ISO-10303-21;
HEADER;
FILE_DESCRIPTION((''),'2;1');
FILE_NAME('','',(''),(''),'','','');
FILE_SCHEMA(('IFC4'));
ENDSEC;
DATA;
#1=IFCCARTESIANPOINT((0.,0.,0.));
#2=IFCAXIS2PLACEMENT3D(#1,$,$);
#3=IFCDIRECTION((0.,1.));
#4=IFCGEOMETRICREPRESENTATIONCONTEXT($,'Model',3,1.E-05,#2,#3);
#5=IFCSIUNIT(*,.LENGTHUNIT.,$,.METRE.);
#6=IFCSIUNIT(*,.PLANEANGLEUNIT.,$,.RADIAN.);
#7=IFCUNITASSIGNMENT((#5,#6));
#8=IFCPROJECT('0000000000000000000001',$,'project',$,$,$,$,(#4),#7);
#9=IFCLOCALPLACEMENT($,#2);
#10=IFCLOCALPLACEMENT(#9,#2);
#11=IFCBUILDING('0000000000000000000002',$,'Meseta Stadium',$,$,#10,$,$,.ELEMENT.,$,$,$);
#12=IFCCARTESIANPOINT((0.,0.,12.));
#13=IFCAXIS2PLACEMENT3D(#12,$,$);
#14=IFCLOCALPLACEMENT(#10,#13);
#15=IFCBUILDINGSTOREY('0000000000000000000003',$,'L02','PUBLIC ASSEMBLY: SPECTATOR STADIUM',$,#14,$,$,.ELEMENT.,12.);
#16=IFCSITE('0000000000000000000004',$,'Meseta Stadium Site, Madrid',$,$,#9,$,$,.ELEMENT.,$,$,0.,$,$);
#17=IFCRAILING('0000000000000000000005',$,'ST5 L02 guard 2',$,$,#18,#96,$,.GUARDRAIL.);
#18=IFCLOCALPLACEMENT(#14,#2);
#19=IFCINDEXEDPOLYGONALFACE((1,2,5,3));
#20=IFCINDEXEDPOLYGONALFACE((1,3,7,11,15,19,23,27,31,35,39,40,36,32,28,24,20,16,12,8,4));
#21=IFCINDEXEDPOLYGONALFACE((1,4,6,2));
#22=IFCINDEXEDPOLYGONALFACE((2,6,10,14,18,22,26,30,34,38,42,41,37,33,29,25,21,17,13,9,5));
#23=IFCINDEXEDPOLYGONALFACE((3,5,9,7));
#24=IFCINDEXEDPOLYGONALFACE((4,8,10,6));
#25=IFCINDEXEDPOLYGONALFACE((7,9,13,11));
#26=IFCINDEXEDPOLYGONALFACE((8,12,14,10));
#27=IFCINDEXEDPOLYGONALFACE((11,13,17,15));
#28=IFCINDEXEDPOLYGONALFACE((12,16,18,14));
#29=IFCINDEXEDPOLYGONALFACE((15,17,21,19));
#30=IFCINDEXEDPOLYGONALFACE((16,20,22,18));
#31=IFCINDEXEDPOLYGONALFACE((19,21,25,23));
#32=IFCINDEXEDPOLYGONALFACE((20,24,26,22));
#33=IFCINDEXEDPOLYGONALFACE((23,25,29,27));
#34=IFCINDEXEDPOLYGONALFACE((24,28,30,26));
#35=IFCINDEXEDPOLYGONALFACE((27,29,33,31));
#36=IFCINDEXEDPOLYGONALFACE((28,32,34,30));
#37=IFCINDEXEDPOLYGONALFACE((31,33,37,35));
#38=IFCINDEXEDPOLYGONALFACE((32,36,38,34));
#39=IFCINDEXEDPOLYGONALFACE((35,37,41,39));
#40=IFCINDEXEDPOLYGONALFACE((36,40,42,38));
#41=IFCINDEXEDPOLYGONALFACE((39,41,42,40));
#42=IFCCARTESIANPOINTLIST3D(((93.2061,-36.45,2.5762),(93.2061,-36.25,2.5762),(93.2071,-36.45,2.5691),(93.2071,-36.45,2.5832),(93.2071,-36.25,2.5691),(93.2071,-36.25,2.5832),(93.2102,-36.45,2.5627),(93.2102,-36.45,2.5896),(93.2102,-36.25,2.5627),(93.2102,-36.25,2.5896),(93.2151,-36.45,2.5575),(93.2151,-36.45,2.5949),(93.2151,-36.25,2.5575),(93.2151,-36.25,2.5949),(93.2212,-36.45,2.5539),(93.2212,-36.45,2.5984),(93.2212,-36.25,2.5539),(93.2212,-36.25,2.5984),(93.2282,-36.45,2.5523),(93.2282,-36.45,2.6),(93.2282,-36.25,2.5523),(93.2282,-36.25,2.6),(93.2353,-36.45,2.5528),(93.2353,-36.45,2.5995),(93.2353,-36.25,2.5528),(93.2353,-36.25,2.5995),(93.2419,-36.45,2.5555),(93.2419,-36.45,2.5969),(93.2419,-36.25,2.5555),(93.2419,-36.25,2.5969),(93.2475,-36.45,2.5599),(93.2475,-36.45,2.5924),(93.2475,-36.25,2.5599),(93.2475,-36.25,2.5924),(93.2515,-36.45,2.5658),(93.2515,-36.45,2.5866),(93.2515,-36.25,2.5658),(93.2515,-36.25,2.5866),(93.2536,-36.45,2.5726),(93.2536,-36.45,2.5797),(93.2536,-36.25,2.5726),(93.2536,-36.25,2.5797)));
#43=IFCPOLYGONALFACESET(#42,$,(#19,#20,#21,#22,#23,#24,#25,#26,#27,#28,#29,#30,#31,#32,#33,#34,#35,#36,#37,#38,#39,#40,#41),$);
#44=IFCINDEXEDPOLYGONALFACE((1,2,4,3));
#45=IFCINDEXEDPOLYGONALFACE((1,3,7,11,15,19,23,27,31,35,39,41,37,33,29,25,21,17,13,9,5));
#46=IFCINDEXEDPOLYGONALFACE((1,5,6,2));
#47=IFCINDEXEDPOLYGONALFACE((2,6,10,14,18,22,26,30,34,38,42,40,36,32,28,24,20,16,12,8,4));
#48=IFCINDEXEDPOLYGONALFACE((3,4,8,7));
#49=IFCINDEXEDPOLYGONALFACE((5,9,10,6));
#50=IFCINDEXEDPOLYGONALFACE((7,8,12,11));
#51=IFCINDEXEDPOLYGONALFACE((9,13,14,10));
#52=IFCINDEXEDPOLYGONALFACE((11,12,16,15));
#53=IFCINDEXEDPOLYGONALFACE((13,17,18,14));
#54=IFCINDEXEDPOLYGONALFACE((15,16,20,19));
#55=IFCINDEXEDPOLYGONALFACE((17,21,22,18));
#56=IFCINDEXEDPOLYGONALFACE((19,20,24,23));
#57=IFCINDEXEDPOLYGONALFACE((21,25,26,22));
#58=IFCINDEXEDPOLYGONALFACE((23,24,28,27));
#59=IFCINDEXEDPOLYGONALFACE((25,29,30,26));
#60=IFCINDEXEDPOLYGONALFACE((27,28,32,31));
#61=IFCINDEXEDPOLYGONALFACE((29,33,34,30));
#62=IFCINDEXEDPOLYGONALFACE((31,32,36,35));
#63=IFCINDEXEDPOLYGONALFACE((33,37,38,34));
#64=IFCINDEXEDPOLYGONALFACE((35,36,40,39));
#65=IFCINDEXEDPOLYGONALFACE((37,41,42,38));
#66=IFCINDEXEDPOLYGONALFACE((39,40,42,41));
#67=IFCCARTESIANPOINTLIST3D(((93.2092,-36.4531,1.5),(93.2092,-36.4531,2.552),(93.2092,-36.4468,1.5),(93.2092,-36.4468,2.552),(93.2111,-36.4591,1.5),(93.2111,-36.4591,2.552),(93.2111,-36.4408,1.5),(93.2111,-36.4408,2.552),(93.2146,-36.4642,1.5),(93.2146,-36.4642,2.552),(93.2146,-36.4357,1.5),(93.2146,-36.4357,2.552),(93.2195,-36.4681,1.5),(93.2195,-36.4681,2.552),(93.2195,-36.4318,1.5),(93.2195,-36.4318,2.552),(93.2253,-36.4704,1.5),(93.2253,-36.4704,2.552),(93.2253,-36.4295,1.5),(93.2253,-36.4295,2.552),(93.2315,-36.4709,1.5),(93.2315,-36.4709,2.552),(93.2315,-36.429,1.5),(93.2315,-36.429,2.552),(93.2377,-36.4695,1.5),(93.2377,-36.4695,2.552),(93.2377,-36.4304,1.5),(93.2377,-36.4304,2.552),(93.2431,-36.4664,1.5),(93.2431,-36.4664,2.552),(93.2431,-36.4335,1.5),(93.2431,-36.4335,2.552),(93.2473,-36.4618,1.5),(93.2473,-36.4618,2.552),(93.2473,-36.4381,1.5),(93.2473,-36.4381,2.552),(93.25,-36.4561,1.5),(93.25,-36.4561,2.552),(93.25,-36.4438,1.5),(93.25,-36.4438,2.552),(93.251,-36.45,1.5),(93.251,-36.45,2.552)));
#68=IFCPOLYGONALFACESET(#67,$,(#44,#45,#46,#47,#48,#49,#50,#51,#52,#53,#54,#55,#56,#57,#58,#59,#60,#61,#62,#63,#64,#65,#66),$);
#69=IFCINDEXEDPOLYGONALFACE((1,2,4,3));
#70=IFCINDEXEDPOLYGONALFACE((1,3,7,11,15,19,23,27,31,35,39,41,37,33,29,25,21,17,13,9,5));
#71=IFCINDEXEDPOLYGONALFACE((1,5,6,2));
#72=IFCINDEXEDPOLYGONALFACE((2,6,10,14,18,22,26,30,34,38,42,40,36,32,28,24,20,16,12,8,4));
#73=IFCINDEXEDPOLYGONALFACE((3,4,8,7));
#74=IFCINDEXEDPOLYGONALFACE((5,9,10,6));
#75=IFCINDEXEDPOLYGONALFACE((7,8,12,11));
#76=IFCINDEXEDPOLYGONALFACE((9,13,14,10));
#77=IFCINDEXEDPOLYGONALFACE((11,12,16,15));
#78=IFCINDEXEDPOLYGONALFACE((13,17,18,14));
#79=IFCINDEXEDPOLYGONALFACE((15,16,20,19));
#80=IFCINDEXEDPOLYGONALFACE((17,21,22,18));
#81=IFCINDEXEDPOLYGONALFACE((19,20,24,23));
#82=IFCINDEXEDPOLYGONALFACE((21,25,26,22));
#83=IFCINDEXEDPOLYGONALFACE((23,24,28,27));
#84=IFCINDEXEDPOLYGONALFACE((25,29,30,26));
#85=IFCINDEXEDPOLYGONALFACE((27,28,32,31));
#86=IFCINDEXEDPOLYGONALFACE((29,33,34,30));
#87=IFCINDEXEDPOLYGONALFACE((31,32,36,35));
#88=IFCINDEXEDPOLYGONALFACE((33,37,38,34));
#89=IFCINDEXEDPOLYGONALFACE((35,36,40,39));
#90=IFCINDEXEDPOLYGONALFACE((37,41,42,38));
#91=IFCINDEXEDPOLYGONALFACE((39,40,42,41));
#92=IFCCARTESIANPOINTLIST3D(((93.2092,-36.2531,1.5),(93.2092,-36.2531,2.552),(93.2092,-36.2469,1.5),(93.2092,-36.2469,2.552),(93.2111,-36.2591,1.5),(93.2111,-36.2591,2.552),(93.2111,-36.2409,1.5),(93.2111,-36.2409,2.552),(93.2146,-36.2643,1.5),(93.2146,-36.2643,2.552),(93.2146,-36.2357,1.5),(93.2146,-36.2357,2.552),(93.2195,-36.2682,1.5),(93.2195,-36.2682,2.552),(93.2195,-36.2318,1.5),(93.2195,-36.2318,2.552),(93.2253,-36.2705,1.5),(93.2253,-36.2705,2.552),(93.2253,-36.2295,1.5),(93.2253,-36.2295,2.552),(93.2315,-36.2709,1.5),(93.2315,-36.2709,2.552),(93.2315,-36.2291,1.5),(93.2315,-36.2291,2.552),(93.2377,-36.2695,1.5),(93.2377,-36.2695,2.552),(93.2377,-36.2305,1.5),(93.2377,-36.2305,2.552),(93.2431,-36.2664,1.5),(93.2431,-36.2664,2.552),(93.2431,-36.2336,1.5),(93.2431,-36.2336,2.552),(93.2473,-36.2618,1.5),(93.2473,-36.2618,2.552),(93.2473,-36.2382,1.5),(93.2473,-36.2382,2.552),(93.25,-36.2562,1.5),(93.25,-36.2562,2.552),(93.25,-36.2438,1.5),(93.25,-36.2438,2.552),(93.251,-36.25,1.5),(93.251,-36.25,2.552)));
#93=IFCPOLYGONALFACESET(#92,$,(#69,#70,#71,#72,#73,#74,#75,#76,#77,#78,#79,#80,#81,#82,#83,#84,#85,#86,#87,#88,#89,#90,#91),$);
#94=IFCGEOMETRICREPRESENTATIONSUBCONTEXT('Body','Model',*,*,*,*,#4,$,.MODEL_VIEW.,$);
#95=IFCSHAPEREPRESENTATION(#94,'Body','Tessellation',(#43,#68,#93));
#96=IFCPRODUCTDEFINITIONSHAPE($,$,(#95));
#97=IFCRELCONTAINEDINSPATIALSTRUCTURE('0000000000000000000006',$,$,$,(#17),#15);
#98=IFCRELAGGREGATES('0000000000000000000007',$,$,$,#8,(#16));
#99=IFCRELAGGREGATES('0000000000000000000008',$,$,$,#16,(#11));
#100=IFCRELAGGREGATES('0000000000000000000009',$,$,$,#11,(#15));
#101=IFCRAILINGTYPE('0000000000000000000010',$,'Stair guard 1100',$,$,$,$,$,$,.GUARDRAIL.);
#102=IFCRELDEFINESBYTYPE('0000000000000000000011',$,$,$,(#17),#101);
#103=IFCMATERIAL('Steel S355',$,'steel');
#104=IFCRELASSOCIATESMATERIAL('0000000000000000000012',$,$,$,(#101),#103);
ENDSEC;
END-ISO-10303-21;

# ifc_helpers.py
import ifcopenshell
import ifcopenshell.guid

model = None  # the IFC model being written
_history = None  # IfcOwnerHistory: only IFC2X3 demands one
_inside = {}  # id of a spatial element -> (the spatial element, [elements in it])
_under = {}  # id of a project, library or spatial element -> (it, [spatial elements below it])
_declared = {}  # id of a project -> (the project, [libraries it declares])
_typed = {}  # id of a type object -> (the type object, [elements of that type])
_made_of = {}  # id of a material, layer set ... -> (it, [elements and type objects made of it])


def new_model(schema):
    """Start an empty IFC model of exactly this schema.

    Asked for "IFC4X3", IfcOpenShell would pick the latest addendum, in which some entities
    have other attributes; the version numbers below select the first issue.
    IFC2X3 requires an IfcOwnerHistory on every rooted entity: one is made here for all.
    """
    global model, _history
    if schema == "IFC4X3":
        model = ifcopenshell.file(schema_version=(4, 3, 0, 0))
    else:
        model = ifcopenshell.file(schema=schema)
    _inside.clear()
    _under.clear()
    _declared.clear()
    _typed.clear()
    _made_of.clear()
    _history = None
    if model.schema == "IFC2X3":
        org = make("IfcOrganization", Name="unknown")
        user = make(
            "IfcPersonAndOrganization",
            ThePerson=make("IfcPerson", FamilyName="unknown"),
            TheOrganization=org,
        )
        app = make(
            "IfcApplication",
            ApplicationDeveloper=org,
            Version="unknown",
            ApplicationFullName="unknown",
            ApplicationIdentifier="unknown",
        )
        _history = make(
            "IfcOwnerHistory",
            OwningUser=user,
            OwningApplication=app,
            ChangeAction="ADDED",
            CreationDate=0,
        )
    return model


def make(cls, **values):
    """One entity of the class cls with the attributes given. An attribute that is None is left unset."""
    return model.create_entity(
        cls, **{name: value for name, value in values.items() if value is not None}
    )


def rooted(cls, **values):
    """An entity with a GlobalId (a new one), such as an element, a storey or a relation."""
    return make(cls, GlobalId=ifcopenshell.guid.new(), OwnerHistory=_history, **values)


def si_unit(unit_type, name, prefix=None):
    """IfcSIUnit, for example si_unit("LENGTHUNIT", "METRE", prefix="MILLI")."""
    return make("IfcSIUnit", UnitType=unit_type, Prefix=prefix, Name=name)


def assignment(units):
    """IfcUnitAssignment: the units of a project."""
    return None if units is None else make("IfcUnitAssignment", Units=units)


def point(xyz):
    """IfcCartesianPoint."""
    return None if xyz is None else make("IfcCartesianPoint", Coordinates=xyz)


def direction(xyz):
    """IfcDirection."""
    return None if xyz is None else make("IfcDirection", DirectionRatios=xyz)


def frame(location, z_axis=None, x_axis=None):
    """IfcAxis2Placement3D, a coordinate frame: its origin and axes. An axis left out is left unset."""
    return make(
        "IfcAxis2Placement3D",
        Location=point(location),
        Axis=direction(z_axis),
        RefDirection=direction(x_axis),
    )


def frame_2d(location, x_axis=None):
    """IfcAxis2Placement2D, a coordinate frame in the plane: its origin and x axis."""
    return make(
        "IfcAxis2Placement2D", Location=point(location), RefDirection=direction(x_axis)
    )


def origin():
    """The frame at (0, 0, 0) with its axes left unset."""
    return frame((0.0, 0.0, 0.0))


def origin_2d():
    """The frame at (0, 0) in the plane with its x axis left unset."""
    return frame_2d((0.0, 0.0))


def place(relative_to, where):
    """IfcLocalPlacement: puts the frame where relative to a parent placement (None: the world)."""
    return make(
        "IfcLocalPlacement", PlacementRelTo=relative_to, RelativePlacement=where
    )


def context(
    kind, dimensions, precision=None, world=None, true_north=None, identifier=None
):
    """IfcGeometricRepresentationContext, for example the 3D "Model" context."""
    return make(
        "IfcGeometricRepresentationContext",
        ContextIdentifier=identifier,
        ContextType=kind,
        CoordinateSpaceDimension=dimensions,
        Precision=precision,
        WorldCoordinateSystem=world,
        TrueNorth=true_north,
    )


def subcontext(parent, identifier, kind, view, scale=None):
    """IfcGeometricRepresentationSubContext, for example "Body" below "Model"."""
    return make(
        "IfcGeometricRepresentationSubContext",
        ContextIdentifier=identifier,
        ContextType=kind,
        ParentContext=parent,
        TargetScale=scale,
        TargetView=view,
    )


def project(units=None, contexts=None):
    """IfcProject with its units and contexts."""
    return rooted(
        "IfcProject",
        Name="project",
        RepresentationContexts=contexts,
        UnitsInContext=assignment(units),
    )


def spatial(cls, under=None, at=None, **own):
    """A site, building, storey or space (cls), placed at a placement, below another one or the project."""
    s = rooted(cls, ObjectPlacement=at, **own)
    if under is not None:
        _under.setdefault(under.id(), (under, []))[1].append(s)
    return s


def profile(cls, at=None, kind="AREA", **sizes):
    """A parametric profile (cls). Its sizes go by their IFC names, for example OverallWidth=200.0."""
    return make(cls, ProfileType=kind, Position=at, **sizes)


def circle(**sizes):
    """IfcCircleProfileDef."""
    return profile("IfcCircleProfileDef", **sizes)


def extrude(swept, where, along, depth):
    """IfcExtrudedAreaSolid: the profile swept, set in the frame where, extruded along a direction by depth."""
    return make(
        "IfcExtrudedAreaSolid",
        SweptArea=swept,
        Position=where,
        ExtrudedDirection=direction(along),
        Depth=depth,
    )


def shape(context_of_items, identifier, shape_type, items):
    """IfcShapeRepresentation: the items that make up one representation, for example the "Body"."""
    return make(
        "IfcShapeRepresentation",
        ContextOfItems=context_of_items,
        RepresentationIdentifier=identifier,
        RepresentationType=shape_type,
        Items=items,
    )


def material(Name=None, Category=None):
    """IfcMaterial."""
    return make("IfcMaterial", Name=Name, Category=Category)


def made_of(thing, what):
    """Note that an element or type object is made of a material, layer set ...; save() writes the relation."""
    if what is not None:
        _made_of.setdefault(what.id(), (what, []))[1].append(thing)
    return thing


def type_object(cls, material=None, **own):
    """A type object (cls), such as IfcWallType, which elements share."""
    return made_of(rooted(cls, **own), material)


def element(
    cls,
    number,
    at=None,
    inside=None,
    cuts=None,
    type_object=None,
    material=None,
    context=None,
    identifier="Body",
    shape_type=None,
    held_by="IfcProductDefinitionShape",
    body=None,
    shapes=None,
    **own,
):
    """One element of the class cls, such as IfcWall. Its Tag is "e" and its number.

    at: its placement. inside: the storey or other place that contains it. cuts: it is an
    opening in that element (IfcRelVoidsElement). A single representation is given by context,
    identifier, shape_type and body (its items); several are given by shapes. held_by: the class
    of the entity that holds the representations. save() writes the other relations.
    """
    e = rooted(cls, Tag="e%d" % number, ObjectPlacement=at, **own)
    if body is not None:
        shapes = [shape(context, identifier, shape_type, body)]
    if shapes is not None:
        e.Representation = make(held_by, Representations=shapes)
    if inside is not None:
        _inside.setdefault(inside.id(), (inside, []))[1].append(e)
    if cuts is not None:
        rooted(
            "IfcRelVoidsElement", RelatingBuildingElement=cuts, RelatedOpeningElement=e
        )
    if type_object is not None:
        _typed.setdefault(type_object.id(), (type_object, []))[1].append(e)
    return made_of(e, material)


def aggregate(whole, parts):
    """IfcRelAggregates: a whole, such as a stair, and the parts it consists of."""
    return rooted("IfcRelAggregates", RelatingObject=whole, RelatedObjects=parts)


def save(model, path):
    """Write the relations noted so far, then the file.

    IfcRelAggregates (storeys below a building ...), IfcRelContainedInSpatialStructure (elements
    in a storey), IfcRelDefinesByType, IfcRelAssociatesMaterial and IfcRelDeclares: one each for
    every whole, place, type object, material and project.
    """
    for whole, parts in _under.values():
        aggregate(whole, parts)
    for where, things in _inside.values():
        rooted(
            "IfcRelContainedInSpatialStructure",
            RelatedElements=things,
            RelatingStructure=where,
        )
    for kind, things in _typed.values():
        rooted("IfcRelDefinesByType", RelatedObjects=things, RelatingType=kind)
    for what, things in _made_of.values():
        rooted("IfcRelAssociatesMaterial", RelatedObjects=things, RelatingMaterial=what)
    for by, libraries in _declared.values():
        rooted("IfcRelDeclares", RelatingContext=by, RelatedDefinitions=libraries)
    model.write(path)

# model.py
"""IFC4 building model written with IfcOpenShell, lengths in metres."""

from ifc_helpers import new_model, si_unit, direction, frame, origin, origin_2d, place, context, subcontext, project, spatial, circle, extrude, material, type_object, element, save


model = new_model("IFC4")

# Units and contexts
model_context = context("Model", 3, precision=1e-05, world=origin(), true_north=direction((0.0, 1.0)))
body_context = subcontext(model_context, "Body", "Model", "MODEL_VIEW")
ifc_project = project(units=[si_unit("LENGTHUNIT", "METRE"), si_unit("PLANEANGLEUNIT", "RADIAN")], contexts=[model_context])

# Site, building, storey
site_placement = place(None, origin())
site = spatial("IfcSite", under=ifc_project, at=site_placement, Name="Meseta Stadium Site, Madrid", CompositionType="ELEMENT", RefElevation=0.0)
building_placement = place(site_placement, origin())
building = spatial("IfcBuilding", under=site, at=building_placement, Name="Meseta Stadium", CompositionType="ELEMENT")
storey_placement = place(building_placement, frame((0.0, 0.0, 12.0)))
storey = spatial("IfcBuildingStorey", under=building, at=storey_placement, Name="L02", Description="PUBLIC ASSEMBLY: SPECTATOR STADIUM", CompositionType="ELEMENT", Elevation=12.0)

# Railing
ifc_material_1 = material(Name="Steel S355", Category="steel")
railing_type_1 = type_object("IfcRailingType", Name="Stair guard 1100", PredefinedType="GUARDRAIL", material=ifc_material_1)
railing_1_placement = place(storey_placement, frame((93.23, -36.45, 1.5)))
element("IfcRailing", 1, at=railing_1_placement, inside=storey, type_object=railing_type_1, Name="ST5 L02 guard 2", PredefinedType="GUARDRAIL", context=body_context, shape_type="SweptSolid", body=[
    extrude(circle(Radius=0.0239, at=origin_2d()), frame((0.0, 0.0, 1.0762), z_axis=(0.0, 1.0, 0.0), x_axis=(-1.0, 0.0, 0.0)), (0.0, 0.0, 1.0), 0.2),
    extrude(circle(Radius=0.021, at=origin_2d()), origin(), (0.0, 0.0, 1.0), 1.052),
    extrude(circle(Radius=0.021, at=origin_2d()), frame((0.0, 0.2, 0.0)), (0.0, 0.0, 1.0), 1.052),
])

save(model, "model.ifc")
